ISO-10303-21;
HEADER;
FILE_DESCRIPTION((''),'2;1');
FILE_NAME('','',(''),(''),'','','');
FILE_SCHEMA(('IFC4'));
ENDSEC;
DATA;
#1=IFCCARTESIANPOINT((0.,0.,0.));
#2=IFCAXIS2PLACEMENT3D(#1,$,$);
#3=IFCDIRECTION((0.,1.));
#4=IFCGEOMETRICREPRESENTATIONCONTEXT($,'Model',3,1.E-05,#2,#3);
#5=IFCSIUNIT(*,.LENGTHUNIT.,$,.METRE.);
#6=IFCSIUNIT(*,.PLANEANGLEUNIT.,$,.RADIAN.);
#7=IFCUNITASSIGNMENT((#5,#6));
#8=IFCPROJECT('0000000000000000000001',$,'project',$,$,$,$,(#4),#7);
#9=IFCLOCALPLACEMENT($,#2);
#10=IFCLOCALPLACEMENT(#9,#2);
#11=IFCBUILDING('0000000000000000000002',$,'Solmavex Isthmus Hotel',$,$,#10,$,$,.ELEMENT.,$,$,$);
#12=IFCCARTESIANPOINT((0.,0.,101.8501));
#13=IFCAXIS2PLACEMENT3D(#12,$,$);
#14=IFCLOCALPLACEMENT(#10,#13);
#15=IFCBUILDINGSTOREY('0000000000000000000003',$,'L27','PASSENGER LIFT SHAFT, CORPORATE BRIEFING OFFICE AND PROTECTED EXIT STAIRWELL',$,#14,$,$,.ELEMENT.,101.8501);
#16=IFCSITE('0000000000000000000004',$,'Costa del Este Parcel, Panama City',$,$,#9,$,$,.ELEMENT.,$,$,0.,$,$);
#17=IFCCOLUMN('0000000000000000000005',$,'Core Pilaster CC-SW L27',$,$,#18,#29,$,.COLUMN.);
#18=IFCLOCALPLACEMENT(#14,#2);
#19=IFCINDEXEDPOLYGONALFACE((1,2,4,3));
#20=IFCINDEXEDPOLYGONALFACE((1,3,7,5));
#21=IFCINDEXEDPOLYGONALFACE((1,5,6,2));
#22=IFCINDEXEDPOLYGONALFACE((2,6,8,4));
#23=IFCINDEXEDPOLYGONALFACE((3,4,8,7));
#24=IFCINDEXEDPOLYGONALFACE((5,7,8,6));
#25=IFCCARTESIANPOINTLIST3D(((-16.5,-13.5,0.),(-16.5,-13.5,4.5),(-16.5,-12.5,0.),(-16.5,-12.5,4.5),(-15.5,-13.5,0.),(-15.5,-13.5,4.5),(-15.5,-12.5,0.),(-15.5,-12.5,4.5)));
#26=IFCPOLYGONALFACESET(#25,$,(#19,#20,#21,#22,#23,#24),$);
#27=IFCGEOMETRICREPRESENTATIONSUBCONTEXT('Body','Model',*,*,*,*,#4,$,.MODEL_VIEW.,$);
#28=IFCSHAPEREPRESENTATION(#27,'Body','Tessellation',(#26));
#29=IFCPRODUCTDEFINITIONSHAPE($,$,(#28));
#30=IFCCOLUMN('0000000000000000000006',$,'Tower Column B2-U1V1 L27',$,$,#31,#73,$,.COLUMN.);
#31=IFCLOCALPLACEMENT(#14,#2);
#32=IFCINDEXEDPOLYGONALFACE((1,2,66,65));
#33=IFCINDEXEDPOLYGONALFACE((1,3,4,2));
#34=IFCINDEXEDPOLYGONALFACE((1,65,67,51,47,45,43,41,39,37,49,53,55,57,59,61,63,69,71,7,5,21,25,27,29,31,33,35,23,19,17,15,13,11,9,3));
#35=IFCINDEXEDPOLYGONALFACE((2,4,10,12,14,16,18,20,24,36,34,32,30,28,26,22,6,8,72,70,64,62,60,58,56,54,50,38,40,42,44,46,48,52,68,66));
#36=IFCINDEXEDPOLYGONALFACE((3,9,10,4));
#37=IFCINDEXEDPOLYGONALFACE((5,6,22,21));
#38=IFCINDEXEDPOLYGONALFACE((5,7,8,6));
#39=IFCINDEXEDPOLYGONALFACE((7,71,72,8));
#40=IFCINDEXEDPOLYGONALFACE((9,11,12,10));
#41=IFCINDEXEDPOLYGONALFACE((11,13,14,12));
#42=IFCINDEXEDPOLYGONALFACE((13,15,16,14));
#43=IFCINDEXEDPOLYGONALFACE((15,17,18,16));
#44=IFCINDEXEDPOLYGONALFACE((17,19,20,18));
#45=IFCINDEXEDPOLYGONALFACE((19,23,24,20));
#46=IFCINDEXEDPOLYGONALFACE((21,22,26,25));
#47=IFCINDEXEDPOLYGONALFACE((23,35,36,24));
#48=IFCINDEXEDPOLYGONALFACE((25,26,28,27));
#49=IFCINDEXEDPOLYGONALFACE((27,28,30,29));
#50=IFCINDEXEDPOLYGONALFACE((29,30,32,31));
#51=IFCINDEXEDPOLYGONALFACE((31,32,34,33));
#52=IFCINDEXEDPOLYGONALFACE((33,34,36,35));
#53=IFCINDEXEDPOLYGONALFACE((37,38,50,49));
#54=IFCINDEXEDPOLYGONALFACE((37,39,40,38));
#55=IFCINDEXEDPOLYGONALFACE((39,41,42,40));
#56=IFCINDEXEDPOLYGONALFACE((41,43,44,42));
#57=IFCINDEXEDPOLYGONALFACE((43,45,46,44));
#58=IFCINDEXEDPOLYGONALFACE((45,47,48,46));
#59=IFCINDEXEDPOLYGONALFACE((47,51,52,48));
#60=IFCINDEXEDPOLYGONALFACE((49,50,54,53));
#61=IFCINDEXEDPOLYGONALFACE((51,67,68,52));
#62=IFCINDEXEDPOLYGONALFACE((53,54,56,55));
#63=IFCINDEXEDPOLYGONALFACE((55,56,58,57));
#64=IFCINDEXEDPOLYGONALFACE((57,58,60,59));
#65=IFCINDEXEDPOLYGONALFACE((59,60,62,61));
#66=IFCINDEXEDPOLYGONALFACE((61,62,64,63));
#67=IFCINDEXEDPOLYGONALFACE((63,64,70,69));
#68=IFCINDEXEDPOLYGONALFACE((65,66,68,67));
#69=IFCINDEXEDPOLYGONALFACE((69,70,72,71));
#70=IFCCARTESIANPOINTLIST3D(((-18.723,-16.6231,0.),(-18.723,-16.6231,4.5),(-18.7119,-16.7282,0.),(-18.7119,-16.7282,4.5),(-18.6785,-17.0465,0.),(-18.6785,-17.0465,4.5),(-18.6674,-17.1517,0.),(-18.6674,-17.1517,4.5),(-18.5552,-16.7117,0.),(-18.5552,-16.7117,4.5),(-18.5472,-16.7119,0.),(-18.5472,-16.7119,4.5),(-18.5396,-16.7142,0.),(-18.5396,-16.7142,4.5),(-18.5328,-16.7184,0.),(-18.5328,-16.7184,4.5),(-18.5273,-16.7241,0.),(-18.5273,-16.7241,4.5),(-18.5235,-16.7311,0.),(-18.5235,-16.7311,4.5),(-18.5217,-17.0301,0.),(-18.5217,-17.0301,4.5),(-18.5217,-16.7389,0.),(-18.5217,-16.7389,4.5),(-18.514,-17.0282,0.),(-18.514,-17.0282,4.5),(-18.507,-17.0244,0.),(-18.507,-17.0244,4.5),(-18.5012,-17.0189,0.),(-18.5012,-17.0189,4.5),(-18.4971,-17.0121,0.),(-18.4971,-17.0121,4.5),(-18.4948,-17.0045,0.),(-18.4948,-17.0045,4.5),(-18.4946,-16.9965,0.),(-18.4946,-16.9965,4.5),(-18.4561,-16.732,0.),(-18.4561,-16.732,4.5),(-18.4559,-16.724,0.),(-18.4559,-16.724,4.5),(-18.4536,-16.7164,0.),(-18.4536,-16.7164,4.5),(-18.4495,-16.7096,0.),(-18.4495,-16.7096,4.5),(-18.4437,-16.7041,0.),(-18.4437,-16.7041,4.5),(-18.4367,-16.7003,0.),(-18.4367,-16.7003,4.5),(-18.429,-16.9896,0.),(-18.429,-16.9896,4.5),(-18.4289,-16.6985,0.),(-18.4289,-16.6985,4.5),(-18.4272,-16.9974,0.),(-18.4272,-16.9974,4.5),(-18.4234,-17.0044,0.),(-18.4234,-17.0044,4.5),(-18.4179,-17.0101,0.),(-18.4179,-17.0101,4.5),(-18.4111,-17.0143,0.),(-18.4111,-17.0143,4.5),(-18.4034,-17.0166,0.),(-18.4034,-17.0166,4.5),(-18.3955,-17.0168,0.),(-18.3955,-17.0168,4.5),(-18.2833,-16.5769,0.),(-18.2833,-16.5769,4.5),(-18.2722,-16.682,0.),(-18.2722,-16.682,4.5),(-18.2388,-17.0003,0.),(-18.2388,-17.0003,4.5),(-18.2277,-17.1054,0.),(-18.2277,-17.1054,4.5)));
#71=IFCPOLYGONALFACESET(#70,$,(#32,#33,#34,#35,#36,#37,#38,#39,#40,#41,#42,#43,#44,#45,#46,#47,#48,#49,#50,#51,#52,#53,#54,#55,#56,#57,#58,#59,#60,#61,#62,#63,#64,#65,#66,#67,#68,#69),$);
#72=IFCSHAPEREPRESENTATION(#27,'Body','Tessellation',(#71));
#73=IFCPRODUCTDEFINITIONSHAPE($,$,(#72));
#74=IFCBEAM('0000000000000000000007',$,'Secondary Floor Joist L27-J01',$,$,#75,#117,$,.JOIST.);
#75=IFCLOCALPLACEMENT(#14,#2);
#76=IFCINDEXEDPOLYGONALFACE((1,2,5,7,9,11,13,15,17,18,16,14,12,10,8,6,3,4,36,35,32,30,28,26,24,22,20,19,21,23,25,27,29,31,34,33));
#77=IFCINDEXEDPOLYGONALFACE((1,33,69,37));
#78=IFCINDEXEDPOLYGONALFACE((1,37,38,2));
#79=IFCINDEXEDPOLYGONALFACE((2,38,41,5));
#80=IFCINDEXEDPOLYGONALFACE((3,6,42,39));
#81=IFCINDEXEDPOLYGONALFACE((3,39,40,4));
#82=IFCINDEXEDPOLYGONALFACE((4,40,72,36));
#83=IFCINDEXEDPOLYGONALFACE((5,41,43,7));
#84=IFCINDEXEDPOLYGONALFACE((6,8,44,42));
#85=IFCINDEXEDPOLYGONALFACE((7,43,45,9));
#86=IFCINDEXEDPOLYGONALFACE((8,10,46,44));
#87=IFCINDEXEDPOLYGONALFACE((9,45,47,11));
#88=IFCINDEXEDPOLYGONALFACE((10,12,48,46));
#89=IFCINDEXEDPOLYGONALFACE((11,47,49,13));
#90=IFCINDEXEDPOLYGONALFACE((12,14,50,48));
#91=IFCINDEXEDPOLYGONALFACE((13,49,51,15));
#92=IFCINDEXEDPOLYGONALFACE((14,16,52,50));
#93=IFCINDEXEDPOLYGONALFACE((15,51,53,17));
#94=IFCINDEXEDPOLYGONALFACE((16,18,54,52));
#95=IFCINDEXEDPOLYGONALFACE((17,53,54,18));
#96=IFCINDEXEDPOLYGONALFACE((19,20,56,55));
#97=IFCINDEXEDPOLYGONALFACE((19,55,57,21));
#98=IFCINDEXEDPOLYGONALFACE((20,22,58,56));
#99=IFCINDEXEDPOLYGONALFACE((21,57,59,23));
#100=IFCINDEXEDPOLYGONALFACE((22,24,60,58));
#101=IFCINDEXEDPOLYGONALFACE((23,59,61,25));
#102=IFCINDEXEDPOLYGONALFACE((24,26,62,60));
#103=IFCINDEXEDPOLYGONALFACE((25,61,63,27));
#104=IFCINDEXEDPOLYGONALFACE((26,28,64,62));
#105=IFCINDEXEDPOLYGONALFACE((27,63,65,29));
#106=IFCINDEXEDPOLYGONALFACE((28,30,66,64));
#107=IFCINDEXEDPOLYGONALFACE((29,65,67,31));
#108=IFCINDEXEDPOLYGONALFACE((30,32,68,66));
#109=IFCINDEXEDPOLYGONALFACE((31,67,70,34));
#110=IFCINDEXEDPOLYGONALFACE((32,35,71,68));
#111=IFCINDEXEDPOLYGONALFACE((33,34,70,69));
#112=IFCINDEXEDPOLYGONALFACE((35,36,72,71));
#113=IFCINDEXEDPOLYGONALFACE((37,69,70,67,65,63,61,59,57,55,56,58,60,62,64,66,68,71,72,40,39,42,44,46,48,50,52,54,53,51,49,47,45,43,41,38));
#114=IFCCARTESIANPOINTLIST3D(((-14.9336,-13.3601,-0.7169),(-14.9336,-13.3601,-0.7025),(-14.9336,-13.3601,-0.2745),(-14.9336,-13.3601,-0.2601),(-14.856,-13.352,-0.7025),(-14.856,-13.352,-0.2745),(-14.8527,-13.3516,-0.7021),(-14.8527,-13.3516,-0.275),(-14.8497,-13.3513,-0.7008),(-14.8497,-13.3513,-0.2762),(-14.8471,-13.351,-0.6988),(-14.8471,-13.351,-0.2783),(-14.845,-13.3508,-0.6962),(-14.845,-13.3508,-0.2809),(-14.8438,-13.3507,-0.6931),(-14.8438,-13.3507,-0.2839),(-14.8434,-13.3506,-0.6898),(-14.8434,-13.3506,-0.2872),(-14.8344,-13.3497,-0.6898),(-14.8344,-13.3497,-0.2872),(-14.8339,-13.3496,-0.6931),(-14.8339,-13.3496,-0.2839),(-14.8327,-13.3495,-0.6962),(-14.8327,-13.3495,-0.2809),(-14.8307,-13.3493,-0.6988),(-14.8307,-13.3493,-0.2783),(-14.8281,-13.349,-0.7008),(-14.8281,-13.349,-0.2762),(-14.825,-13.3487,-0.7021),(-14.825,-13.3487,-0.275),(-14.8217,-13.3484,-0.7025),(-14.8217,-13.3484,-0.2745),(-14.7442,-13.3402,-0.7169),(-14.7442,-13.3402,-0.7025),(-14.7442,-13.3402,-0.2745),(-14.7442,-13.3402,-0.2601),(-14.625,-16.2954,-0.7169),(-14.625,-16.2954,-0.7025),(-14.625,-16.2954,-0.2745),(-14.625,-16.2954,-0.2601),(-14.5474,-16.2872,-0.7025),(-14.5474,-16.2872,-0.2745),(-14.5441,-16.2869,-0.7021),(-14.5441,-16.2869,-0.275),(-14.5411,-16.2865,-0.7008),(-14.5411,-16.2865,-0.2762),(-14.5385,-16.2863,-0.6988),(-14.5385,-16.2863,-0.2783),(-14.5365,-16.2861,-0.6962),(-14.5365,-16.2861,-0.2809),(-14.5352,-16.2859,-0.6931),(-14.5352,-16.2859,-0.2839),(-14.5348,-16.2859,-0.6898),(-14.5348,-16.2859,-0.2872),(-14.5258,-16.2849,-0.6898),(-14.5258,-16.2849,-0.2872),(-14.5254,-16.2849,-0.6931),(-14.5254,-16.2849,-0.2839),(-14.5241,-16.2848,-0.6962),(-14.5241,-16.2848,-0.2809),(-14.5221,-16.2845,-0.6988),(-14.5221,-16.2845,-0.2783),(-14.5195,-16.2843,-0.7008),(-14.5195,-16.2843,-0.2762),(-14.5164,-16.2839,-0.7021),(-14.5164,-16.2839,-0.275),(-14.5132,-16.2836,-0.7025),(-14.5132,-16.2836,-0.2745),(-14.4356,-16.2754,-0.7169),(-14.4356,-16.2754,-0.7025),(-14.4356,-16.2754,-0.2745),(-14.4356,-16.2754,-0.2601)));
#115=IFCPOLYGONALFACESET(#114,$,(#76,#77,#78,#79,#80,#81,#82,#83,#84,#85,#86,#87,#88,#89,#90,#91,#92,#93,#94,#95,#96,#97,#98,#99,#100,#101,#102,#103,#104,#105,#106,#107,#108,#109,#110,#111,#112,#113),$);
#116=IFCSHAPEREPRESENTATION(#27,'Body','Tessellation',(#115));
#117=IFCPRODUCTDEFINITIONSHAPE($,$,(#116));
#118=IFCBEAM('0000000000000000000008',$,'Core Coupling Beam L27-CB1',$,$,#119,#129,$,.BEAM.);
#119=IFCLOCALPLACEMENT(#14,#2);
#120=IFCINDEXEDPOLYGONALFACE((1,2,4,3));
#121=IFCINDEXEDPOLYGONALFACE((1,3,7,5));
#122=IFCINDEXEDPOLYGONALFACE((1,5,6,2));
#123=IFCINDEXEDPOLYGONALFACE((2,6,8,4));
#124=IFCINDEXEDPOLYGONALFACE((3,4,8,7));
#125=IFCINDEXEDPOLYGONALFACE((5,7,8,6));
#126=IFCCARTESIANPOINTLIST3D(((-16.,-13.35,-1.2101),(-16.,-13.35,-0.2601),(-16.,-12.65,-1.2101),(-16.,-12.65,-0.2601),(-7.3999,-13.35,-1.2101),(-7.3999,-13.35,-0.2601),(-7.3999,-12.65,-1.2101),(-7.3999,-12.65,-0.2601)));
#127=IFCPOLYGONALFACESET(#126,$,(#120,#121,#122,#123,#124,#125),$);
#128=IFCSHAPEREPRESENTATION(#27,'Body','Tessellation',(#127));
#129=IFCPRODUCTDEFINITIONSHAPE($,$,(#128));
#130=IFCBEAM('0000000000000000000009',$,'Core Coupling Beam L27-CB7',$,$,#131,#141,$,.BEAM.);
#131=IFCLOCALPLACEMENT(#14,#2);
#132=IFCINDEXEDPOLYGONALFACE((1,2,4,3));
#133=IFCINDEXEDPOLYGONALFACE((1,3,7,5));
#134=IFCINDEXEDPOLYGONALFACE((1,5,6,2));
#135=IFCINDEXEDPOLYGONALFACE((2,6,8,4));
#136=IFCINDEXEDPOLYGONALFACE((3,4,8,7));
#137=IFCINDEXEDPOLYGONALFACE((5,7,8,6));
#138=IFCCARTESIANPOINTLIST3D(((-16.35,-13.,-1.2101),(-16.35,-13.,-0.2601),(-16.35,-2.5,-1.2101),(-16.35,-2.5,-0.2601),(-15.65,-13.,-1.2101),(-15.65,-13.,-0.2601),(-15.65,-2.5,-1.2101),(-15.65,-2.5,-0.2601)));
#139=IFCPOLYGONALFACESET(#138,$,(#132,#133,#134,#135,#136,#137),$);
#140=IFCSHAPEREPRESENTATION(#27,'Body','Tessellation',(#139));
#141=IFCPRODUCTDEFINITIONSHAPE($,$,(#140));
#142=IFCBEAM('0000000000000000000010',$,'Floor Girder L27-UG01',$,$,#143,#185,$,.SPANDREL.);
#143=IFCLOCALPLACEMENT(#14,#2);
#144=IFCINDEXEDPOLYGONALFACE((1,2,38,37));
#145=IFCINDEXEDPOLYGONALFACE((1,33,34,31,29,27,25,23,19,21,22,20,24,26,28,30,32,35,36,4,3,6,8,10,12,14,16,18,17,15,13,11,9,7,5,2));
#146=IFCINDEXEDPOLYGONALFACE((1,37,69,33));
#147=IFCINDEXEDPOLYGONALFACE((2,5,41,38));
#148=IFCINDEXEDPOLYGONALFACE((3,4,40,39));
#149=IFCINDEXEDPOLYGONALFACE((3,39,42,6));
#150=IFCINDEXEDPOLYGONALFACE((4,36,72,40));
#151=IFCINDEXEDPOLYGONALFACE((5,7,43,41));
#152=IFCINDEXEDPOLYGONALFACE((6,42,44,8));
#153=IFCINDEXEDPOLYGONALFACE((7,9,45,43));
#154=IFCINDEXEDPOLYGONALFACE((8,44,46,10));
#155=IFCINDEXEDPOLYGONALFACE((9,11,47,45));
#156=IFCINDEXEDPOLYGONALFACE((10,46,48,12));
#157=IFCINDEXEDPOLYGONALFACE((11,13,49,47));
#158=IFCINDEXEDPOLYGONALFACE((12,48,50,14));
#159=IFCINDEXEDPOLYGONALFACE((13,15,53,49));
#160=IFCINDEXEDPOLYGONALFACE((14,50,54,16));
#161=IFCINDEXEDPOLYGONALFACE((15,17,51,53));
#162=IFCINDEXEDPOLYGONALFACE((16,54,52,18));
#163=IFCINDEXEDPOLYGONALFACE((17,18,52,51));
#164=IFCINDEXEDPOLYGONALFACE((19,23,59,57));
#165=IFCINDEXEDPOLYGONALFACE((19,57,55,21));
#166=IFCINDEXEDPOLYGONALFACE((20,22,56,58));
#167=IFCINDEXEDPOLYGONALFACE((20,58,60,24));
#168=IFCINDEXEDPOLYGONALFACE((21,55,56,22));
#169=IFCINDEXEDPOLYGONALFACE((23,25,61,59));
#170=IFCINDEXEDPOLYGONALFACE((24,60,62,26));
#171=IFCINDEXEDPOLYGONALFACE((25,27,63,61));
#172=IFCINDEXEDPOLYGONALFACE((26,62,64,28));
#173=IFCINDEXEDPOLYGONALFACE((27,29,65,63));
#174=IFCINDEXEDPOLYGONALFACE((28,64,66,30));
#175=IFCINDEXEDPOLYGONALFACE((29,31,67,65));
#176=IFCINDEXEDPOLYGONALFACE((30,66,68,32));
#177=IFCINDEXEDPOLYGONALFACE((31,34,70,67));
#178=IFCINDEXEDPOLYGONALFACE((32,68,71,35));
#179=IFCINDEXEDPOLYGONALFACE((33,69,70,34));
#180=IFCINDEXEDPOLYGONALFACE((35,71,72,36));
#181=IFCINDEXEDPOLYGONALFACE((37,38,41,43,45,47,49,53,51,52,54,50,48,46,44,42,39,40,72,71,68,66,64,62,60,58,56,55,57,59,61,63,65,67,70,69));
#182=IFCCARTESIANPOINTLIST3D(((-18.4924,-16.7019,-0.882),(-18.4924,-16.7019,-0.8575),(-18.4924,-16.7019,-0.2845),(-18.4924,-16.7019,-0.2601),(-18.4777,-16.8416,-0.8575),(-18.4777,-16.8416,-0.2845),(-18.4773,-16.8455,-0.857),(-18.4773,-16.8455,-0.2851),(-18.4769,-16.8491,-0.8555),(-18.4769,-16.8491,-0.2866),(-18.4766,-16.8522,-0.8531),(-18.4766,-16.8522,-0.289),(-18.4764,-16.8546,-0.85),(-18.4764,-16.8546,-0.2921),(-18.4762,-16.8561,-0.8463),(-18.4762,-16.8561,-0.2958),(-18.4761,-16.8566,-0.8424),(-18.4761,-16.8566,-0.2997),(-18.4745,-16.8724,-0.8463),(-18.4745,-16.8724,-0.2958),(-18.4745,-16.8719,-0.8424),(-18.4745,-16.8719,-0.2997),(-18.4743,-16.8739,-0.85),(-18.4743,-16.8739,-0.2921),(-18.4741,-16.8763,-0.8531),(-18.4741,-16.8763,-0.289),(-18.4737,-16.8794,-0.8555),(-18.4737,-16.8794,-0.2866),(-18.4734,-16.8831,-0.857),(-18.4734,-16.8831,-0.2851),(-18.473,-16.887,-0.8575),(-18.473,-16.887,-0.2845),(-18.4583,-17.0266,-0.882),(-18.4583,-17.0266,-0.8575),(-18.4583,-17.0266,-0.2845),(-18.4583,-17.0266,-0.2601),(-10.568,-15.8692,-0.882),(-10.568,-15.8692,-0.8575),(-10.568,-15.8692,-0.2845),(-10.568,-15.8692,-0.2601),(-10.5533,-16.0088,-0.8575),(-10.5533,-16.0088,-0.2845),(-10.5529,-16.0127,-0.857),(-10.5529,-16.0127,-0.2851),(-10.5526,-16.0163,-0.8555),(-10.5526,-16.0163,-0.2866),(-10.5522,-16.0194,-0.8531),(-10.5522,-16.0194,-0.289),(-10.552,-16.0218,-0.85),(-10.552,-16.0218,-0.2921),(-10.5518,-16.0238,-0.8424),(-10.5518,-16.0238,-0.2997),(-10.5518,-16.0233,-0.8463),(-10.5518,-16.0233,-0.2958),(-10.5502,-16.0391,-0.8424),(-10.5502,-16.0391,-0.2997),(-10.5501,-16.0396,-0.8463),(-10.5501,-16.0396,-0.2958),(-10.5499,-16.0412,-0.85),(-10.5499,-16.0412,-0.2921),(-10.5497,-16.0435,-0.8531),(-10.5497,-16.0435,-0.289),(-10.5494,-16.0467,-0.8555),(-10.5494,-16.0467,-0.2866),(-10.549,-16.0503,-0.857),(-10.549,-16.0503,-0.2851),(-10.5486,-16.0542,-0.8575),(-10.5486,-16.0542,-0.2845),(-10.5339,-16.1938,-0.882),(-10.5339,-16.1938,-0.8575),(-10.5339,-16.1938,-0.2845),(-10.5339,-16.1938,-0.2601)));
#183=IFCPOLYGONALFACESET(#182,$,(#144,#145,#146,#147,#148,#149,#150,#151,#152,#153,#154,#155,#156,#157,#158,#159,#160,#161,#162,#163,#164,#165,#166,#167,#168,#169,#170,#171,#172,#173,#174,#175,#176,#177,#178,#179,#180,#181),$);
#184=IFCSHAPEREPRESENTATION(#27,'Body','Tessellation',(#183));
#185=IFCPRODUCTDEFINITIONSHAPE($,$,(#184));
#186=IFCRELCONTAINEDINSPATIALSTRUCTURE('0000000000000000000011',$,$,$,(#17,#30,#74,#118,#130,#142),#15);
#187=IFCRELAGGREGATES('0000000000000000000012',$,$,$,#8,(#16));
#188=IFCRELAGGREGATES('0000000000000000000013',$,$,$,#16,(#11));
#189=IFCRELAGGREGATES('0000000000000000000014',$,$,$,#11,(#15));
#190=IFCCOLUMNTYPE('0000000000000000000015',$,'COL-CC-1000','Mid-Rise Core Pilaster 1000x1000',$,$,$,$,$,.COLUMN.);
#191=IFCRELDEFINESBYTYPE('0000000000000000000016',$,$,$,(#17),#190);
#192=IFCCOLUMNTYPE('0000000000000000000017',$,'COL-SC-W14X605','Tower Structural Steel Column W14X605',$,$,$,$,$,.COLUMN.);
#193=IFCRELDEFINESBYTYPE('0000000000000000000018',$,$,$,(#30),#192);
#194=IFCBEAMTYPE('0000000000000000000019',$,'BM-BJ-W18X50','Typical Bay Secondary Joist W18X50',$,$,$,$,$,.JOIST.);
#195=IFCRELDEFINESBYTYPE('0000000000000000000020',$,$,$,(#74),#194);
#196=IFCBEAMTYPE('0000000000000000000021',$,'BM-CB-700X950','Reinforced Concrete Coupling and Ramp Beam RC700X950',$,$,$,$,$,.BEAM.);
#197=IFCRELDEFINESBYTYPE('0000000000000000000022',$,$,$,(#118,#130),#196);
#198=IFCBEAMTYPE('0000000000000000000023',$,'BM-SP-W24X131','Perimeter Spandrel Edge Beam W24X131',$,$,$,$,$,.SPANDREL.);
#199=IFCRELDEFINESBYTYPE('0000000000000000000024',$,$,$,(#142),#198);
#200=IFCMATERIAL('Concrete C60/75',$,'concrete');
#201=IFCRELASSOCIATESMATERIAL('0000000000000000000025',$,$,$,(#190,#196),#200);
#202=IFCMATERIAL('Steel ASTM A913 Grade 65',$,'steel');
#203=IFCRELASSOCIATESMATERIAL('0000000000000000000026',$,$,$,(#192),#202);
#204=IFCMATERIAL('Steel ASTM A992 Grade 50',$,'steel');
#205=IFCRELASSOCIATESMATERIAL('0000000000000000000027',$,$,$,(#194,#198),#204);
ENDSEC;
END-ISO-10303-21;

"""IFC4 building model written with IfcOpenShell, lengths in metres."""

from ifc_helpers import new_model, si_unit, direction, frame, origin, origin_2d, place, context, subcontext, project, spatial, rectangle, i_section, extrude, material, material_profile, profile_set, type_object, element, save


model = new_model("IFC4")

# Units and contexts
model_context = context("Model", 3, precision=1e-05, world=origin(), true_north=direction((0.0, 1.0)))
body_context = subcontext(model_context, "Body", "Model", "MODEL_VIEW")
ifc_project = project(units=[si_unit("LENGTHUNIT", "METRE"), si_unit("PLANEANGLEUNIT", "RADIAN")], contexts=[model_context])

# Site, building, storey
site_placement = place(None, origin())
site = spatial("IfcSite", under=ifc_project, at=site_placement, Name="Costa del Este Parcel, Panama City", CompositionType="ELEMENT", RefElevation=0.0)
building_placement = place(site_placement, origin())
building = spatial("IfcBuilding", under=site, at=building_placement, Name="Solmavex Isthmus Hotel", CompositionType="ELEMENT")
storey_placement = place(building_placement, frame((0.0, 0.0, 101.8501)))
storey = spatial("IfcBuildingStorey", under=building, at=storey_placement, Name="L27", Description="PASSENGER LIFT SHAFT, CORPORATE BRIEFING OFFICE AND PROTECTED EXIT STAIRWELL", CompositionType="ELEMENT", Elevation=101.8501)

# Columns
ifc_material_1 = material(Name="Concrete C60/75", Category="concrete")
ifc_material_profile_1 = material_profile(ifc_material_1, rectangle(XDim=1.0, YDim=1.0, at=origin_2d()), Name="RC1000X1000")
ifc_profile_set_1 = profile_set([ifc_material_profile_1], Name="Concrete C60/75")
column_type_1 = type_object("IfcColumnType", Name="COL-CC-1000", Description="Mid-Rise Core Pilaster 1000x1000", PredefinedType="COLUMN", material=ifc_profile_set_1)
column_1_placement = place(storey_placement, frame((-16.0, -13.0, 0.0), z_axis=(0.0, 0.0, 1.0), x_axis=(1.0, 0.0, 0.0)))
element("IfcColumn", 1, at=column_1_placement, inside=storey, type_object=column_type_1, Name="Core Pilaster CC-SW L27", PredefinedType="COLUMN", context=body_context, shape_type="SweptSolid", body=[
    extrude(rectangle(XDim=1.0, YDim=1.0, at=origin_2d()), origin(), (0.0, 0.0, 1.0), 4.5),
])
ifc_material_2 = material(Name="Steel ASTM A913 Grade 65", Category="steel")
ifc_material_profile_2 = material_profile(ifc_material_2, i_section(OverallWidth=0.4421, OverallDepth=0.5315, WebThickness=0.0659, FlangeThickness=0.1057, FilletRadius=0.0305, at=origin_2d()), Name="W14X605")
ifc_profile_set_2 = profile_set([ifc_material_profile_2], Name="Steel ASTM A913 Grade 65")
column_type_2 = type_object("IfcColumnType", Name="COL-SC-W14X605", Description="Tower Structural Steel Column W14X605", PredefinedType="COLUMN", material=ifc_profile_set_2)
column_2_placement = place(storey_placement, frame((-18.4753, -16.8643, 0.0), z_axis=(0.0, 0.0, 1.0), x_axis=(0.994522, 0.104528, 0.0)))
element("IfcColumn", 2, at=column_2_placement, inside=storey, type_object=column_type_2, Name="Tower Column B2-U1V1 L27", PredefinedType="COLUMN", context=body_context, shape_type="SweptSolid", body=[
    extrude(i_section(OverallWidth=0.4421, OverallDepth=0.5315, WebThickness=0.0659, FlangeThickness=0.1057, FilletRadius=0.0305, at=origin_2d()), origin(), (0.0, 0.0, 1.0), 4.5),
])

# Beams
ifc_material_3 = material(Name="Steel ASTM A992 Grade 50", Category="steel")
ifc_material_profile_3 = material_profile(ifc_material_3, i_section(OverallWidth=0.1904, OverallDepth=0.4568, WebThickness=0.009, FlangeThickness=0.0144, FilletRadius=0.0127, at=origin_2d()), Name="W18X50")
ifc_profile_set_3 = profile_set([ifc_material_profile_3], Name="Steel ASTM A992 Grade 50")
beam_type_1 = type_object("IfcBeamType", Name="BM-BJ-W18X50", Description="Typical Bay Secondary Joist W18X50", PredefinedType="JOIST", material=ifc_profile_set_3)
beam_1_placement = place(storey_placement, frame((-14.5303, -16.2854, -0.4885), z_axis=(-0.104556, 0.994519, 0.0), x_axis=(-0.994519, -0.104556, 0.0)))
element("IfcBeam", 3, at=beam_1_placement, inside=storey, type_object=beam_type_1, Name="Secondary Floor Joist L27-J01", PredefinedType="JOIST", context=body_context, shape_type="SweptSolid", body=[
    extrude(i_section(OverallWidth=0.1904, OverallDepth=0.4568, WebThickness=0.009, FlangeThickness=0.0144, FilletRadius=0.0127, at=origin_2d()), origin(), (0.0, 0.0, 1.0), 2.9514),
])
ifc_material_profile_4 = material_profile(ifc_material_1, rectangle(XDim=0.7, YDim=0.95, at=origin_2d()), Name="RC700X950")
ifc_profile_set_4 = profile_set([ifc_material_profile_4], Name="Concrete C60/75")
beam_type_2 = type_object("IfcBeamType", Name="BM-CB-700X950", Description="Reinforced Concrete Coupling and Ramp Beam RC700X950", PredefinedType="BEAM", material=ifc_profile_set_4)
beam_2_placement = place(storey_placement, frame((-16.0, -13.0, -0.7351), z_axis=(1.0, 0.0, 0.0), x_axis=(0.0, 1.0, 0.0)))
element("IfcBeam", 4, at=beam_2_placement, inside=storey, type_object=beam_type_2, Name="Core Coupling Beam L27-CB1", PredefinedType="BEAM", context=body_context, shape_type="SweptSolid", body=[
    extrude(rectangle(XDim=0.7, YDim=0.95, at=origin_2d()), origin(), (0.0, 0.0, 1.0), 8.6001),
])
beam_3_placement = place(storey_placement, frame((-16.0, -13.0, -0.7351), z_axis=(0.0, 1.0, 0.0), x_axis=(-1.0, 0.0, 0.0)))
element("IfcBeam", 5, at=beam_3_placement, inside=storey, type_object=beam_type_2, Name="Core Coupling Beam L27-CB7", PredefinedType="BEAM", context=body_context, shape_type="SweptSolid", body=[
    extrude(rectangle(XDim=0.7, YDim=0.95, at=origin_2d()), origin(), (0.0, 0.0, 1.0), 10.5),
])
ifc_material_profile_5 = material_profile(ifc_material_3, i_section(OverallWidth=0.3264, OverallDepth=0.6218, WebThickness=0.0154, FlangeThickness=0.0244, FilletRadius=0.0151, at=origin_2d()), Name="W24X131")
ifc_profile_set_5 = profile_set([ifc_material_profile_5], Name="Steel ASTM A992 Grade 50")
beam_type_3 = type_object("IfcBeamType", Name="BM-SP-W24X131", Description="Perimeter Spandrel Edge Beam W24X131", PredefinedType="SPANDREL", material=ifc_profile_set_5)
beam_4_placement = place(storey_placement, frame((-18.4753, -16.8643, -0.571), z_axis=(0.994523, 0.104514, 0.0), x_axis=(-0.104514, 0.994523, 0.0)))
element("IfcBeam", 6, at=beam_4_placement, inside=storey, type_object=beam_type_3, Name="Floor Girder L27-UG01", PredefinedType="SPANDREL", context=body_context, shape_type="SweptSolid", body=[
    extrude(i_section(OverallWidth=0.3264, OverallDepth=0.6218, WebThickness=0.0154, FlangeThickness=0.0244, FilletRadius=0.0151, at=origin_2d()), origin(), (0.0, 0.0, 1.0), 7.968),
])

save(model, "model.ifc")
